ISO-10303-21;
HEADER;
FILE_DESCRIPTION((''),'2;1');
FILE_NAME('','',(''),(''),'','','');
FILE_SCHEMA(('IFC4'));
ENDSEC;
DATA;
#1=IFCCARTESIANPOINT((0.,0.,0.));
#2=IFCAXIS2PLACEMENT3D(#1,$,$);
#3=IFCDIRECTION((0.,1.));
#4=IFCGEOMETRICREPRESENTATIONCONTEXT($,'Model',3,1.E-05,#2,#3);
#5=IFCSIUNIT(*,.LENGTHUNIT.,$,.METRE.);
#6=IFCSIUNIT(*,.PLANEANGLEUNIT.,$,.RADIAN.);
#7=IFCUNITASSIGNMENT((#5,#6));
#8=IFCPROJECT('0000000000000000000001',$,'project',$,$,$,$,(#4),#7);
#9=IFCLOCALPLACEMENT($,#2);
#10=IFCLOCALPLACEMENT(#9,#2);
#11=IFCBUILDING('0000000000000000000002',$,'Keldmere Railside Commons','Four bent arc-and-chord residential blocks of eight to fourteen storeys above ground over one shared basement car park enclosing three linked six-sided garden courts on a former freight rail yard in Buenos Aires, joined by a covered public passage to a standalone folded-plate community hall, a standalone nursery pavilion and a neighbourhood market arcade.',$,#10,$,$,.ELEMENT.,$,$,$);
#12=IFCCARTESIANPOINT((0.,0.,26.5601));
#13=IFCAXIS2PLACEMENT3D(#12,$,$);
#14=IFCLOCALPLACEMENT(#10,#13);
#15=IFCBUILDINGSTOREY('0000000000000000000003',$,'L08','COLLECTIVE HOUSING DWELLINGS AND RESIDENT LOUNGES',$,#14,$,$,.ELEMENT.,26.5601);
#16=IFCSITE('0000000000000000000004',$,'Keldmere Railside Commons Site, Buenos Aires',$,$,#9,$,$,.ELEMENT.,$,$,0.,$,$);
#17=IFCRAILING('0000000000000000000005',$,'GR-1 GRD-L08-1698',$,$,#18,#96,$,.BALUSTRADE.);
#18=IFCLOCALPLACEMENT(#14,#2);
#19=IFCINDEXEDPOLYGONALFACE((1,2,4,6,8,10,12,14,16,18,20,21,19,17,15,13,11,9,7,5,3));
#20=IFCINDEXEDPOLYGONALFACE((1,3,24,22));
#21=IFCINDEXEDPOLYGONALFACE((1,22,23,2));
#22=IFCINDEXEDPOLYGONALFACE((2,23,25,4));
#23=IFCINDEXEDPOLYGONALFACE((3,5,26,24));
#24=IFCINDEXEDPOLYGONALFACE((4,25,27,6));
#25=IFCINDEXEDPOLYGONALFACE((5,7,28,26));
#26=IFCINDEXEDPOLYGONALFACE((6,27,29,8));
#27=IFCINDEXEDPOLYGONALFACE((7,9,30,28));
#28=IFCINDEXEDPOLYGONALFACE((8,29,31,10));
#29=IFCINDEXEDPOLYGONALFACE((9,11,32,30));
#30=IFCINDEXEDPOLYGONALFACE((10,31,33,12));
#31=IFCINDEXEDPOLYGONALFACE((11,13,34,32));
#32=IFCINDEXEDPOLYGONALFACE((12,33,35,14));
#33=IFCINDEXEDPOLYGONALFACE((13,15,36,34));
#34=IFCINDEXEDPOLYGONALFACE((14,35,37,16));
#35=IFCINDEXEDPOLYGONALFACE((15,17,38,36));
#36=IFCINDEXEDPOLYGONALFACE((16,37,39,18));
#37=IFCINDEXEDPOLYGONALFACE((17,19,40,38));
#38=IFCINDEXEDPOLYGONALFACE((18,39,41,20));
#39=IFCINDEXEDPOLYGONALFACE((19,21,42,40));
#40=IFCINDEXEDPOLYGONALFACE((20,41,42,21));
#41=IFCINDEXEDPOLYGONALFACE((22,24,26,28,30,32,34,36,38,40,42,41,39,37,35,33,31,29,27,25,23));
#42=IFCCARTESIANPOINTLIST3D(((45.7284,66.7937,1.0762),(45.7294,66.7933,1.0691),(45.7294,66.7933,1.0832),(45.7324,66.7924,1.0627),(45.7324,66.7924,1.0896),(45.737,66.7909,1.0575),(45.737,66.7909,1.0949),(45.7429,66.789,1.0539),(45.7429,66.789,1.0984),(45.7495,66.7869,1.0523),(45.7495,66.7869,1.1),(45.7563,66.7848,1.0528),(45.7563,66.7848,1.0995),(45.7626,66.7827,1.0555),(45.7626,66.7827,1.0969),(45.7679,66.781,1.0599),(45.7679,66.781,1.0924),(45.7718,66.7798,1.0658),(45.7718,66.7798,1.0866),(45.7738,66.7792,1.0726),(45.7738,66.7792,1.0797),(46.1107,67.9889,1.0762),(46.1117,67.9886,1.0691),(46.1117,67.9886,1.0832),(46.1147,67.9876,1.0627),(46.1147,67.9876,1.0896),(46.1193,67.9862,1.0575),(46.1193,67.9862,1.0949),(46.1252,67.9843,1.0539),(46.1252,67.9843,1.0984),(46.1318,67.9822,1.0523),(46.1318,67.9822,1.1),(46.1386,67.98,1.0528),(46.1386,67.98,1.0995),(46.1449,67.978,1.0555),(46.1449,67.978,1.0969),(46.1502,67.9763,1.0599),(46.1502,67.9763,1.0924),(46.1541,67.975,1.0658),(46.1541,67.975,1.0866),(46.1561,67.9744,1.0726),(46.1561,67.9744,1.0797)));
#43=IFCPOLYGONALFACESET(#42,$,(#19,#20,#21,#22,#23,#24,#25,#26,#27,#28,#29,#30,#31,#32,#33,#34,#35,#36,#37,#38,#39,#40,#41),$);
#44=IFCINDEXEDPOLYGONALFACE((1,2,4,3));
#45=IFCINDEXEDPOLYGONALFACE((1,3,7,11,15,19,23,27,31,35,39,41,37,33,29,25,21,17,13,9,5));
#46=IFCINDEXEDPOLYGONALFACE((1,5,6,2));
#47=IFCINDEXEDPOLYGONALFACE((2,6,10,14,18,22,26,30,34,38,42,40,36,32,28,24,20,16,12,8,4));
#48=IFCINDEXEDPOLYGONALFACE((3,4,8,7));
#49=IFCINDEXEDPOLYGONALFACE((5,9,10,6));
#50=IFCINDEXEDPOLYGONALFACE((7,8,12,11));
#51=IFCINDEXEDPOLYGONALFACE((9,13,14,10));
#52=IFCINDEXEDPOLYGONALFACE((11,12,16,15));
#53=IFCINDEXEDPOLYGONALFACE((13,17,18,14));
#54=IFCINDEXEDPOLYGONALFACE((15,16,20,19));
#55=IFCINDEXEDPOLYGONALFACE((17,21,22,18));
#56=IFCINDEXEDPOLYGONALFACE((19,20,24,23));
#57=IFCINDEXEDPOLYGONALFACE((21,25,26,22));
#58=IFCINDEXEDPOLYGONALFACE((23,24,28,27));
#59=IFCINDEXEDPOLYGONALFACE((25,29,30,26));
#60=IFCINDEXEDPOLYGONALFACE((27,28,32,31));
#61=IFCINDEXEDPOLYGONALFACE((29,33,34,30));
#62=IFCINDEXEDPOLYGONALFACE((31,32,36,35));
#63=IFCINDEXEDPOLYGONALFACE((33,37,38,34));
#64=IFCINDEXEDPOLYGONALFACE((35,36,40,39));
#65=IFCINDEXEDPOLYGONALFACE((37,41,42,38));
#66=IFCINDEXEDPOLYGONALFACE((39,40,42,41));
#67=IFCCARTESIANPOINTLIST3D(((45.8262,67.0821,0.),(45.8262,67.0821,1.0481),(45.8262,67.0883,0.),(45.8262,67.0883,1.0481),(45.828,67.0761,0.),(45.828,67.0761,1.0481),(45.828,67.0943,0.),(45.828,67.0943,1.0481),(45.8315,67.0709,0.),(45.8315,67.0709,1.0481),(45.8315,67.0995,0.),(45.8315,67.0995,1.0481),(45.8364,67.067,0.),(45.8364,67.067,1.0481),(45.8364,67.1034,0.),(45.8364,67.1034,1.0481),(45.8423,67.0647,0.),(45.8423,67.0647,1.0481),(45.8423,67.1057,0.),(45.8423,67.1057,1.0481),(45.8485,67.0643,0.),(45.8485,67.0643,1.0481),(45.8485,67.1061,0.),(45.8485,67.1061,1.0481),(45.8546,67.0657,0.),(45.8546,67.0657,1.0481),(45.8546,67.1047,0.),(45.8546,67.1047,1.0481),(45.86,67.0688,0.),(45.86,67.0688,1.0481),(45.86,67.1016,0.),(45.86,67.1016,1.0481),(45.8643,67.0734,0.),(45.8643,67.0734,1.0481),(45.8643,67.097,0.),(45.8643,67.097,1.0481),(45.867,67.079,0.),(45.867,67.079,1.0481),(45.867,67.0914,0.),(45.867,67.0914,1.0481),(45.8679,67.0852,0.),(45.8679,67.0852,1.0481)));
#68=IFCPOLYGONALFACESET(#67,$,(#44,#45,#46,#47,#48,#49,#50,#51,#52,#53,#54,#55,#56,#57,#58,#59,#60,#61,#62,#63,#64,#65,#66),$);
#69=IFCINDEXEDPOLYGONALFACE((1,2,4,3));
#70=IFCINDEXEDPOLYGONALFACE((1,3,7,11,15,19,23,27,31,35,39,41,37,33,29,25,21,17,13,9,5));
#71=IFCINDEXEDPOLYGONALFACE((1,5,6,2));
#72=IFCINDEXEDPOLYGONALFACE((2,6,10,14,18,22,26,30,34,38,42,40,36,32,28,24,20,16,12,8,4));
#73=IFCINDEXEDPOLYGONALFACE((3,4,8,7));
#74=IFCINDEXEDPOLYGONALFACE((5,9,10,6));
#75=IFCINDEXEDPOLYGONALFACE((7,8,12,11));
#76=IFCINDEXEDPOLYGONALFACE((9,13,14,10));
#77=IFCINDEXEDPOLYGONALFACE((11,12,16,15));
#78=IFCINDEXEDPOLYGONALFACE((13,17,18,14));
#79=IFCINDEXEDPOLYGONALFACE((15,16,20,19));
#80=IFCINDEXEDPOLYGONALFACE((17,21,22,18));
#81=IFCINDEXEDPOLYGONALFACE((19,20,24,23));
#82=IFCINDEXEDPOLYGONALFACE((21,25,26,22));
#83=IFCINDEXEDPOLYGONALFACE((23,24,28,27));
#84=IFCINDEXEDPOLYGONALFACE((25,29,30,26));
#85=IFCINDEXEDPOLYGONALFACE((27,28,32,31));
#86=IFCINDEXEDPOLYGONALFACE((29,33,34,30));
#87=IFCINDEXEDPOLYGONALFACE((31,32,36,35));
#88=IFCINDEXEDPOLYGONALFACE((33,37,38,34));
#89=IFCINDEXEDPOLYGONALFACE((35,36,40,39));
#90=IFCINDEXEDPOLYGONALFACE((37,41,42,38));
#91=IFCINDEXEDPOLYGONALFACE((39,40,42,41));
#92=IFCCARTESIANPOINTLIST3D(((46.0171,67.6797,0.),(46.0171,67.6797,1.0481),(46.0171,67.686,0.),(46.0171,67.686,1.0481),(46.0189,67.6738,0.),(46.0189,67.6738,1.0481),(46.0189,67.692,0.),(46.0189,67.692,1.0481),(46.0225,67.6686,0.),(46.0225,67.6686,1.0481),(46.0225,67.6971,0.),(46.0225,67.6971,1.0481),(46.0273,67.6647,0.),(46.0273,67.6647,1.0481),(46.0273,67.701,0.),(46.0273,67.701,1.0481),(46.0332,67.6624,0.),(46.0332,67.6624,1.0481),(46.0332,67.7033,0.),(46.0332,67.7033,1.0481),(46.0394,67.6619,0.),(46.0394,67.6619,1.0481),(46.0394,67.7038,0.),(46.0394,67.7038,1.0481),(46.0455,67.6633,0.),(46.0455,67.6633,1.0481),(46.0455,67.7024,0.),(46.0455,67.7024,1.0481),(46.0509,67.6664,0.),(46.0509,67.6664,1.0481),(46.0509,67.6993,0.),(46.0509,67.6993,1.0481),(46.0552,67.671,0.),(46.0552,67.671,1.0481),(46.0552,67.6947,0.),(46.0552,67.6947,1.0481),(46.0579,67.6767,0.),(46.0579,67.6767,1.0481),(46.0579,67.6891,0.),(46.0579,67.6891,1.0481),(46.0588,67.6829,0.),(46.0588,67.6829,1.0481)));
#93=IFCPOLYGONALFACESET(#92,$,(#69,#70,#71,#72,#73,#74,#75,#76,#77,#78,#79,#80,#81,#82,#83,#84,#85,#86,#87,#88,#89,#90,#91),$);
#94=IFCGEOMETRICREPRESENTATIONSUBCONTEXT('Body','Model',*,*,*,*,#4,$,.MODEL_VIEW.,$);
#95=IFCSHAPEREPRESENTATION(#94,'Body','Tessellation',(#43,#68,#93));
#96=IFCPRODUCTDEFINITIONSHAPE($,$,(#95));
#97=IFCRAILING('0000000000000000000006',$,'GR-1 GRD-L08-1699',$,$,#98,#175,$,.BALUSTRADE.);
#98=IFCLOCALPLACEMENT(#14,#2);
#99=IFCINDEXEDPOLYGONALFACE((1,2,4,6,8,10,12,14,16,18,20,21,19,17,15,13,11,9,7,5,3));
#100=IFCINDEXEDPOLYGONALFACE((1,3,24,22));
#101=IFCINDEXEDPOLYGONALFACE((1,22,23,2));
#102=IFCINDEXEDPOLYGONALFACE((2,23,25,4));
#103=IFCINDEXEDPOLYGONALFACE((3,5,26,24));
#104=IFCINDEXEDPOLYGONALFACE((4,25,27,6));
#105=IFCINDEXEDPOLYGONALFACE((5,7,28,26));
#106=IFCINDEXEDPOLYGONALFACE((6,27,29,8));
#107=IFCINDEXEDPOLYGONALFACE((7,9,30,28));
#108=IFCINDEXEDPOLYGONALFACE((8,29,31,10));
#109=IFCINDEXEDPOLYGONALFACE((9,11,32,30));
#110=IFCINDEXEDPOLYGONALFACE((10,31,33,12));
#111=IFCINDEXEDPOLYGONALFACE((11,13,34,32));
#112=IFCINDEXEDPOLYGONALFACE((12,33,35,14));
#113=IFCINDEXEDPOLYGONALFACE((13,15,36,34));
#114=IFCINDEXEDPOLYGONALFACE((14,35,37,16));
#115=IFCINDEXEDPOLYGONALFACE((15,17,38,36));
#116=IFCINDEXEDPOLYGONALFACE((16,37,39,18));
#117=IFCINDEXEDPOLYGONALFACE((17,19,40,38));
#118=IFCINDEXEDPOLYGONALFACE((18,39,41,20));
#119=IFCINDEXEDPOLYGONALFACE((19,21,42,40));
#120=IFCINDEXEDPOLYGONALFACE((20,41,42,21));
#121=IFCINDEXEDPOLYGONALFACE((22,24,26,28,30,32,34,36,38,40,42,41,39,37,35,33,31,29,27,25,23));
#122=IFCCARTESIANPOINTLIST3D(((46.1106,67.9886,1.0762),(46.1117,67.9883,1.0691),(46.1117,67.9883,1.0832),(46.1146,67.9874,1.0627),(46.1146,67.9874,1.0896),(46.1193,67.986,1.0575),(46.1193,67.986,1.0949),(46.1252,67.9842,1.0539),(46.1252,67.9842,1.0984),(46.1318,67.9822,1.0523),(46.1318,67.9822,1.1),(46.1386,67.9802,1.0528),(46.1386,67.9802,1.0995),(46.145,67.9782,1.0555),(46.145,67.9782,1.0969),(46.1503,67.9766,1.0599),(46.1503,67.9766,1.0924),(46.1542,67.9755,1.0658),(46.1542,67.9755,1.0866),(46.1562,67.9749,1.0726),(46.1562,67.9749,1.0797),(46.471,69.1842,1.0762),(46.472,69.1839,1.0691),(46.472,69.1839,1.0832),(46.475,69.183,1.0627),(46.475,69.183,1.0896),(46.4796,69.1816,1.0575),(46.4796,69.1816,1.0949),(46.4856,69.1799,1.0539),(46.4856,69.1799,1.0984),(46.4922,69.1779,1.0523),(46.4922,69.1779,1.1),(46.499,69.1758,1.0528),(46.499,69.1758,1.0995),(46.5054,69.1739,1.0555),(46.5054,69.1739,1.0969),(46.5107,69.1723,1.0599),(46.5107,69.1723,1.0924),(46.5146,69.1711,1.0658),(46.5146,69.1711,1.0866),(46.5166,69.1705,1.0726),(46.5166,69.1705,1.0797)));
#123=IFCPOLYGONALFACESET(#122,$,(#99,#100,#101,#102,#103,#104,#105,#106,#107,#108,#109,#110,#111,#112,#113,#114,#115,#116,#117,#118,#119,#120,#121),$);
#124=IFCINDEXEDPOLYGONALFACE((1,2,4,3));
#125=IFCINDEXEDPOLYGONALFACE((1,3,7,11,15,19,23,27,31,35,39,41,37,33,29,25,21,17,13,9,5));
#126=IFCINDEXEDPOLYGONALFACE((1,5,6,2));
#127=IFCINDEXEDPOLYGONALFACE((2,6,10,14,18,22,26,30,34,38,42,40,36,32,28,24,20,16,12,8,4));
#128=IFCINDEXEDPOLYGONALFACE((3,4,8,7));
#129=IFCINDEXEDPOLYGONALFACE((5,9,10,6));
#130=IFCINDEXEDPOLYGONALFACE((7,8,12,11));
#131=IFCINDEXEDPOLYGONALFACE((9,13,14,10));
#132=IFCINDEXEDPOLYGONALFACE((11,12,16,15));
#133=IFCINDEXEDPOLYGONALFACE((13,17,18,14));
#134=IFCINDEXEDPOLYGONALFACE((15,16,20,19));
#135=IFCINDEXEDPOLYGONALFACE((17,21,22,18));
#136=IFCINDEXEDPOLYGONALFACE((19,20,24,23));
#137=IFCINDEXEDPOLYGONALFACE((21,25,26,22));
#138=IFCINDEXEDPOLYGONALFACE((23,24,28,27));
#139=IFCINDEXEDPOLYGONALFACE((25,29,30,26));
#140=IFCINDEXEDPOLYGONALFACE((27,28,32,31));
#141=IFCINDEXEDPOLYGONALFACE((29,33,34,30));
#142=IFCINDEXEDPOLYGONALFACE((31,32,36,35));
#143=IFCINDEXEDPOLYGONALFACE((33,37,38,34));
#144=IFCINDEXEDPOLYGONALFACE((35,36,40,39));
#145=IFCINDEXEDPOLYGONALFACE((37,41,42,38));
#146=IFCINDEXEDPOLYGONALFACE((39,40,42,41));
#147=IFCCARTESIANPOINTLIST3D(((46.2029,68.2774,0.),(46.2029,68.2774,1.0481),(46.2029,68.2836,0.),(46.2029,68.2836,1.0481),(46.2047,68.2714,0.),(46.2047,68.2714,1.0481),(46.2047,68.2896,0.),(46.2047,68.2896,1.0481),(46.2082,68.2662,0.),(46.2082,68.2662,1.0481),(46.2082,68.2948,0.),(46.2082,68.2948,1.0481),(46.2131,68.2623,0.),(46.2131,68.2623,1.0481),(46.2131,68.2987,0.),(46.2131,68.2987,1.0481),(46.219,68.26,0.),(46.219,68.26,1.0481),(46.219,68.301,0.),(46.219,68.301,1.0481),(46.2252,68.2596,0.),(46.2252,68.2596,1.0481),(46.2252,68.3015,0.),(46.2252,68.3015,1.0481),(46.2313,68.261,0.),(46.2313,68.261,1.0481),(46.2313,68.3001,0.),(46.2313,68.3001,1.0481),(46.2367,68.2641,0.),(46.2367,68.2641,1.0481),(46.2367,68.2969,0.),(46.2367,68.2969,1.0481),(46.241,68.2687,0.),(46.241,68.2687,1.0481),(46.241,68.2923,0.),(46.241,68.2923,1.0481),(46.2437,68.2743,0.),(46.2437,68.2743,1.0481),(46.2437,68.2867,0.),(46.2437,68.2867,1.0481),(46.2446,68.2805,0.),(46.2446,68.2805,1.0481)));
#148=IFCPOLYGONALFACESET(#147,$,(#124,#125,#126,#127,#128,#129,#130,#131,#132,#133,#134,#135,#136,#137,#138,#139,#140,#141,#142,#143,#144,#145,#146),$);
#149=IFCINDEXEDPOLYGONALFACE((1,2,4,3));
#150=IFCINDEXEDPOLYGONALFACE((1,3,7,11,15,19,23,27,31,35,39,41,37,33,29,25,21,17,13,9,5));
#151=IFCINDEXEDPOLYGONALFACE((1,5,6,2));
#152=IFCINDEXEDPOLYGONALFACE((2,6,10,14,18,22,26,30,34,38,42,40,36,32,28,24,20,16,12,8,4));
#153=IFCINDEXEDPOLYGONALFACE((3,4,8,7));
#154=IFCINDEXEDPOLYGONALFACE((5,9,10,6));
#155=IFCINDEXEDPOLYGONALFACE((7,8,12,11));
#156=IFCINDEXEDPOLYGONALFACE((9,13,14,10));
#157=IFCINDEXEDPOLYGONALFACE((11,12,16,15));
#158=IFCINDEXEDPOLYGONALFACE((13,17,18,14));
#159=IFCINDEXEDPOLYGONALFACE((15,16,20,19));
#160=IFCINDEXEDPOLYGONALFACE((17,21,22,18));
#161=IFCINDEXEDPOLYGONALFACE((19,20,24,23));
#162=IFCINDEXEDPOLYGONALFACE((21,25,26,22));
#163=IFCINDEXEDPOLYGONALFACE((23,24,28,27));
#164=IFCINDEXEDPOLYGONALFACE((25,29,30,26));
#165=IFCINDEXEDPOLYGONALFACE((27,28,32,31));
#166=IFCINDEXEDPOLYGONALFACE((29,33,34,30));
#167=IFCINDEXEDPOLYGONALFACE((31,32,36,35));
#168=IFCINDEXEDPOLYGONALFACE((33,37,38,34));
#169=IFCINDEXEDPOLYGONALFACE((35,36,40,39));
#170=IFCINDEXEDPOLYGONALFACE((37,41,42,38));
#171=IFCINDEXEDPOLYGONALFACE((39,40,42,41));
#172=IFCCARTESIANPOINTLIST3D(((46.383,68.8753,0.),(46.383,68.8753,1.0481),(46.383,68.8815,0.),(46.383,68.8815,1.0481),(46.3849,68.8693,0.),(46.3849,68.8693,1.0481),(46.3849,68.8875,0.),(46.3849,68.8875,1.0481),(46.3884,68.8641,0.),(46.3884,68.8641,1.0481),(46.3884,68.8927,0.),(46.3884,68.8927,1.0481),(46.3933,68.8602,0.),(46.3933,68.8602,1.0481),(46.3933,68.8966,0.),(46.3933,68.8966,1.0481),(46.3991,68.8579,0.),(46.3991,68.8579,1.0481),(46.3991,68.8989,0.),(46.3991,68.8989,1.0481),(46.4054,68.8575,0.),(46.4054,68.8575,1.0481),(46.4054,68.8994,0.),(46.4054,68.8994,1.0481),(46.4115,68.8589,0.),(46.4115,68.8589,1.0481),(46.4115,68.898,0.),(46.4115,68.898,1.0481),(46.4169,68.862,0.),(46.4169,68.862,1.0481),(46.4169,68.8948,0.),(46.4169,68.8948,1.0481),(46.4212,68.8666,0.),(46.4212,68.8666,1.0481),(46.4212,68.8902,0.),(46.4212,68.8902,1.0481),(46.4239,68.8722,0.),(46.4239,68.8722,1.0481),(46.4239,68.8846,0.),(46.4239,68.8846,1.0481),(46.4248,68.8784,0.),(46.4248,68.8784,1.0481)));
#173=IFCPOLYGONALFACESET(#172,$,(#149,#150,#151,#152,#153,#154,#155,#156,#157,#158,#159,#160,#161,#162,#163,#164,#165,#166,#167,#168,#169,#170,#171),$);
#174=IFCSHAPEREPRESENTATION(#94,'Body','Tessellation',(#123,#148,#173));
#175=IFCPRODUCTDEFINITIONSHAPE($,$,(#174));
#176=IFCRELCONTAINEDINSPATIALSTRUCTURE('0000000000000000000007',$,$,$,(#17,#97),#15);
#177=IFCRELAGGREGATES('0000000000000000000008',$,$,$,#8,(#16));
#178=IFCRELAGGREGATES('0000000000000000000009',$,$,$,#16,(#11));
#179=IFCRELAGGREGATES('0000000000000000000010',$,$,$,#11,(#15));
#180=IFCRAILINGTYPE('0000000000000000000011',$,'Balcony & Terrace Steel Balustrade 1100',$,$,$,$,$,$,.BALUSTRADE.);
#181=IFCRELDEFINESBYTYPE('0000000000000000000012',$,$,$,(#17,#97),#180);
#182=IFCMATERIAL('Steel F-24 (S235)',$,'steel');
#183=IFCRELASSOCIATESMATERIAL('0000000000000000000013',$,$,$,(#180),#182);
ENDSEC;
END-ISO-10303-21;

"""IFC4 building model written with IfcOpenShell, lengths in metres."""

from ifc_helpers import new_model, si_unit, direction, frame, origin, origin_2d, place, context, subcontext, project, spatial, circle, extrude, material, type_object, element, save


model = new_model("IFC4")

# Units and contexts
model_context = context("Model", 3, precision=1e-05, world=origin(), true_north=direction((0.0, 1.0)))
body_context = subcontext(model_context, "Body", "Model", "MODEL_VIEW")
ifc_project = project(units=[si_unit("LENGTHUNIT", "METRE"), si_unit("PLANEANGLEUNIT", "RADIAN")], contexts=[model_context])

# Site, building, storey
site_placement = place(None, origin())
site = spatial("IfcSite", under=ifc_project, at=site_placement, Name="Keldmere Railside Commons Site, Buenos Aires", CompositionType="ELEMENT", RefElevation=0.0)
building_placement = place(site_placement, origin())
building = spatial("IfcBuilding", under=site, at=building_placement, Name="Keldmere Railside Commons", Description="Four bent arc-and-chord residential blocks of eight to fourteen storeys above ground over one shared basement car park enclosing three linked six-sided garden courts on a former freight rail yard in Buenos Aires, joined by a covered public passage to a standalone folded-plate community hall, a standalone nursery pavilion and a neighbourhood market arcade.", CompositionType="ELEMENT")
storey_placement = place(building_placement, frame((0.0, 0.0, 26.5601)))
storey = spatial("IfcBuildingStorey", under=building, at=storey_placement, Name="L08", Description="COLLECTIVE HOUSING DWELLINGS AND RESIDENT LOUNGES", CompositionType="ELEMENT", Elevation=26.5601)

# Railings
ifc_material_1 = material(Name="Steel F-24 (S235)", Category="steel")
railing_type_1 = type_object("IfcRailingType", Name="Balcony & Terrace Steel Balustrade 1100", PredefinedType="BALUSTRADE", material=ifc_material_1)
railing_1_placement = place(storey_placement, frame((45.7512, 66.7864, 0.0)))
element("IfcRailing", 1, at=railing_1_placement, inside=storey, type_object=railing_type_1, Name="GR-1 GRD-L08-1698", PredefinedType="BALUSTRADE", context=body_context, shape_type="SweptSolid", body=[
    extrude(circle(Radius=0.0239, at=origin_2d()), frame((0.0, 0.0, 1.0762), z_axis=(0.304649, 0.952465, 0.0), x_axis=(-0.952465, 0.304649, 0.0)), (0.0, 0.0, 1.0), 1.2549),
    extrude(circle(Radius=0.021, at=origin_2d()), frame((0.0957, 0.2988, 0.0)), (0.0, 0.0, 1.0), 1.0481),
    extrude(circle(Radius=0.021, at=origin_2d()), frame((0.2866, 0.8965, 0.0)), (0.0, 0.0, 1.0), 1.0481),
])
railing_2_placement = place(storey_placement, frame((46.1335, 67.9817, 0.0)))
element("IfcRailing", 2, at=railing_2_placement, inside=storey, type_object=railing_type_1, Name="GR-1 GRD-L08-1699", PredefinedType="BALUSTRADE", context=body_context, shape_type="SweptSolid", body=[
    extrude(circle(Radius=0.0239, at=origin_2d()), frame((0.0, 0.0, 1.0762), z_axis=(0.288585, 0.957454, 0.0), x_axis=(-0.957454, 0.288585, 0.0)), (0.0, 0.0, 1.0), 1.2488),
    extrude(circle(Radius=0.021, at=origin_2d()), frame((0.0901, 0.2988, 0.0)), (0.0, 0.0, 1.0), 1.0481),
    extrude(circle(Radius=0.021, at=origin_2d()), frame((0.2703, 0.8967, 0.0)), (0.0, 0.0, 1.0), 1.0481),
])

save(model, "model.ifc")
